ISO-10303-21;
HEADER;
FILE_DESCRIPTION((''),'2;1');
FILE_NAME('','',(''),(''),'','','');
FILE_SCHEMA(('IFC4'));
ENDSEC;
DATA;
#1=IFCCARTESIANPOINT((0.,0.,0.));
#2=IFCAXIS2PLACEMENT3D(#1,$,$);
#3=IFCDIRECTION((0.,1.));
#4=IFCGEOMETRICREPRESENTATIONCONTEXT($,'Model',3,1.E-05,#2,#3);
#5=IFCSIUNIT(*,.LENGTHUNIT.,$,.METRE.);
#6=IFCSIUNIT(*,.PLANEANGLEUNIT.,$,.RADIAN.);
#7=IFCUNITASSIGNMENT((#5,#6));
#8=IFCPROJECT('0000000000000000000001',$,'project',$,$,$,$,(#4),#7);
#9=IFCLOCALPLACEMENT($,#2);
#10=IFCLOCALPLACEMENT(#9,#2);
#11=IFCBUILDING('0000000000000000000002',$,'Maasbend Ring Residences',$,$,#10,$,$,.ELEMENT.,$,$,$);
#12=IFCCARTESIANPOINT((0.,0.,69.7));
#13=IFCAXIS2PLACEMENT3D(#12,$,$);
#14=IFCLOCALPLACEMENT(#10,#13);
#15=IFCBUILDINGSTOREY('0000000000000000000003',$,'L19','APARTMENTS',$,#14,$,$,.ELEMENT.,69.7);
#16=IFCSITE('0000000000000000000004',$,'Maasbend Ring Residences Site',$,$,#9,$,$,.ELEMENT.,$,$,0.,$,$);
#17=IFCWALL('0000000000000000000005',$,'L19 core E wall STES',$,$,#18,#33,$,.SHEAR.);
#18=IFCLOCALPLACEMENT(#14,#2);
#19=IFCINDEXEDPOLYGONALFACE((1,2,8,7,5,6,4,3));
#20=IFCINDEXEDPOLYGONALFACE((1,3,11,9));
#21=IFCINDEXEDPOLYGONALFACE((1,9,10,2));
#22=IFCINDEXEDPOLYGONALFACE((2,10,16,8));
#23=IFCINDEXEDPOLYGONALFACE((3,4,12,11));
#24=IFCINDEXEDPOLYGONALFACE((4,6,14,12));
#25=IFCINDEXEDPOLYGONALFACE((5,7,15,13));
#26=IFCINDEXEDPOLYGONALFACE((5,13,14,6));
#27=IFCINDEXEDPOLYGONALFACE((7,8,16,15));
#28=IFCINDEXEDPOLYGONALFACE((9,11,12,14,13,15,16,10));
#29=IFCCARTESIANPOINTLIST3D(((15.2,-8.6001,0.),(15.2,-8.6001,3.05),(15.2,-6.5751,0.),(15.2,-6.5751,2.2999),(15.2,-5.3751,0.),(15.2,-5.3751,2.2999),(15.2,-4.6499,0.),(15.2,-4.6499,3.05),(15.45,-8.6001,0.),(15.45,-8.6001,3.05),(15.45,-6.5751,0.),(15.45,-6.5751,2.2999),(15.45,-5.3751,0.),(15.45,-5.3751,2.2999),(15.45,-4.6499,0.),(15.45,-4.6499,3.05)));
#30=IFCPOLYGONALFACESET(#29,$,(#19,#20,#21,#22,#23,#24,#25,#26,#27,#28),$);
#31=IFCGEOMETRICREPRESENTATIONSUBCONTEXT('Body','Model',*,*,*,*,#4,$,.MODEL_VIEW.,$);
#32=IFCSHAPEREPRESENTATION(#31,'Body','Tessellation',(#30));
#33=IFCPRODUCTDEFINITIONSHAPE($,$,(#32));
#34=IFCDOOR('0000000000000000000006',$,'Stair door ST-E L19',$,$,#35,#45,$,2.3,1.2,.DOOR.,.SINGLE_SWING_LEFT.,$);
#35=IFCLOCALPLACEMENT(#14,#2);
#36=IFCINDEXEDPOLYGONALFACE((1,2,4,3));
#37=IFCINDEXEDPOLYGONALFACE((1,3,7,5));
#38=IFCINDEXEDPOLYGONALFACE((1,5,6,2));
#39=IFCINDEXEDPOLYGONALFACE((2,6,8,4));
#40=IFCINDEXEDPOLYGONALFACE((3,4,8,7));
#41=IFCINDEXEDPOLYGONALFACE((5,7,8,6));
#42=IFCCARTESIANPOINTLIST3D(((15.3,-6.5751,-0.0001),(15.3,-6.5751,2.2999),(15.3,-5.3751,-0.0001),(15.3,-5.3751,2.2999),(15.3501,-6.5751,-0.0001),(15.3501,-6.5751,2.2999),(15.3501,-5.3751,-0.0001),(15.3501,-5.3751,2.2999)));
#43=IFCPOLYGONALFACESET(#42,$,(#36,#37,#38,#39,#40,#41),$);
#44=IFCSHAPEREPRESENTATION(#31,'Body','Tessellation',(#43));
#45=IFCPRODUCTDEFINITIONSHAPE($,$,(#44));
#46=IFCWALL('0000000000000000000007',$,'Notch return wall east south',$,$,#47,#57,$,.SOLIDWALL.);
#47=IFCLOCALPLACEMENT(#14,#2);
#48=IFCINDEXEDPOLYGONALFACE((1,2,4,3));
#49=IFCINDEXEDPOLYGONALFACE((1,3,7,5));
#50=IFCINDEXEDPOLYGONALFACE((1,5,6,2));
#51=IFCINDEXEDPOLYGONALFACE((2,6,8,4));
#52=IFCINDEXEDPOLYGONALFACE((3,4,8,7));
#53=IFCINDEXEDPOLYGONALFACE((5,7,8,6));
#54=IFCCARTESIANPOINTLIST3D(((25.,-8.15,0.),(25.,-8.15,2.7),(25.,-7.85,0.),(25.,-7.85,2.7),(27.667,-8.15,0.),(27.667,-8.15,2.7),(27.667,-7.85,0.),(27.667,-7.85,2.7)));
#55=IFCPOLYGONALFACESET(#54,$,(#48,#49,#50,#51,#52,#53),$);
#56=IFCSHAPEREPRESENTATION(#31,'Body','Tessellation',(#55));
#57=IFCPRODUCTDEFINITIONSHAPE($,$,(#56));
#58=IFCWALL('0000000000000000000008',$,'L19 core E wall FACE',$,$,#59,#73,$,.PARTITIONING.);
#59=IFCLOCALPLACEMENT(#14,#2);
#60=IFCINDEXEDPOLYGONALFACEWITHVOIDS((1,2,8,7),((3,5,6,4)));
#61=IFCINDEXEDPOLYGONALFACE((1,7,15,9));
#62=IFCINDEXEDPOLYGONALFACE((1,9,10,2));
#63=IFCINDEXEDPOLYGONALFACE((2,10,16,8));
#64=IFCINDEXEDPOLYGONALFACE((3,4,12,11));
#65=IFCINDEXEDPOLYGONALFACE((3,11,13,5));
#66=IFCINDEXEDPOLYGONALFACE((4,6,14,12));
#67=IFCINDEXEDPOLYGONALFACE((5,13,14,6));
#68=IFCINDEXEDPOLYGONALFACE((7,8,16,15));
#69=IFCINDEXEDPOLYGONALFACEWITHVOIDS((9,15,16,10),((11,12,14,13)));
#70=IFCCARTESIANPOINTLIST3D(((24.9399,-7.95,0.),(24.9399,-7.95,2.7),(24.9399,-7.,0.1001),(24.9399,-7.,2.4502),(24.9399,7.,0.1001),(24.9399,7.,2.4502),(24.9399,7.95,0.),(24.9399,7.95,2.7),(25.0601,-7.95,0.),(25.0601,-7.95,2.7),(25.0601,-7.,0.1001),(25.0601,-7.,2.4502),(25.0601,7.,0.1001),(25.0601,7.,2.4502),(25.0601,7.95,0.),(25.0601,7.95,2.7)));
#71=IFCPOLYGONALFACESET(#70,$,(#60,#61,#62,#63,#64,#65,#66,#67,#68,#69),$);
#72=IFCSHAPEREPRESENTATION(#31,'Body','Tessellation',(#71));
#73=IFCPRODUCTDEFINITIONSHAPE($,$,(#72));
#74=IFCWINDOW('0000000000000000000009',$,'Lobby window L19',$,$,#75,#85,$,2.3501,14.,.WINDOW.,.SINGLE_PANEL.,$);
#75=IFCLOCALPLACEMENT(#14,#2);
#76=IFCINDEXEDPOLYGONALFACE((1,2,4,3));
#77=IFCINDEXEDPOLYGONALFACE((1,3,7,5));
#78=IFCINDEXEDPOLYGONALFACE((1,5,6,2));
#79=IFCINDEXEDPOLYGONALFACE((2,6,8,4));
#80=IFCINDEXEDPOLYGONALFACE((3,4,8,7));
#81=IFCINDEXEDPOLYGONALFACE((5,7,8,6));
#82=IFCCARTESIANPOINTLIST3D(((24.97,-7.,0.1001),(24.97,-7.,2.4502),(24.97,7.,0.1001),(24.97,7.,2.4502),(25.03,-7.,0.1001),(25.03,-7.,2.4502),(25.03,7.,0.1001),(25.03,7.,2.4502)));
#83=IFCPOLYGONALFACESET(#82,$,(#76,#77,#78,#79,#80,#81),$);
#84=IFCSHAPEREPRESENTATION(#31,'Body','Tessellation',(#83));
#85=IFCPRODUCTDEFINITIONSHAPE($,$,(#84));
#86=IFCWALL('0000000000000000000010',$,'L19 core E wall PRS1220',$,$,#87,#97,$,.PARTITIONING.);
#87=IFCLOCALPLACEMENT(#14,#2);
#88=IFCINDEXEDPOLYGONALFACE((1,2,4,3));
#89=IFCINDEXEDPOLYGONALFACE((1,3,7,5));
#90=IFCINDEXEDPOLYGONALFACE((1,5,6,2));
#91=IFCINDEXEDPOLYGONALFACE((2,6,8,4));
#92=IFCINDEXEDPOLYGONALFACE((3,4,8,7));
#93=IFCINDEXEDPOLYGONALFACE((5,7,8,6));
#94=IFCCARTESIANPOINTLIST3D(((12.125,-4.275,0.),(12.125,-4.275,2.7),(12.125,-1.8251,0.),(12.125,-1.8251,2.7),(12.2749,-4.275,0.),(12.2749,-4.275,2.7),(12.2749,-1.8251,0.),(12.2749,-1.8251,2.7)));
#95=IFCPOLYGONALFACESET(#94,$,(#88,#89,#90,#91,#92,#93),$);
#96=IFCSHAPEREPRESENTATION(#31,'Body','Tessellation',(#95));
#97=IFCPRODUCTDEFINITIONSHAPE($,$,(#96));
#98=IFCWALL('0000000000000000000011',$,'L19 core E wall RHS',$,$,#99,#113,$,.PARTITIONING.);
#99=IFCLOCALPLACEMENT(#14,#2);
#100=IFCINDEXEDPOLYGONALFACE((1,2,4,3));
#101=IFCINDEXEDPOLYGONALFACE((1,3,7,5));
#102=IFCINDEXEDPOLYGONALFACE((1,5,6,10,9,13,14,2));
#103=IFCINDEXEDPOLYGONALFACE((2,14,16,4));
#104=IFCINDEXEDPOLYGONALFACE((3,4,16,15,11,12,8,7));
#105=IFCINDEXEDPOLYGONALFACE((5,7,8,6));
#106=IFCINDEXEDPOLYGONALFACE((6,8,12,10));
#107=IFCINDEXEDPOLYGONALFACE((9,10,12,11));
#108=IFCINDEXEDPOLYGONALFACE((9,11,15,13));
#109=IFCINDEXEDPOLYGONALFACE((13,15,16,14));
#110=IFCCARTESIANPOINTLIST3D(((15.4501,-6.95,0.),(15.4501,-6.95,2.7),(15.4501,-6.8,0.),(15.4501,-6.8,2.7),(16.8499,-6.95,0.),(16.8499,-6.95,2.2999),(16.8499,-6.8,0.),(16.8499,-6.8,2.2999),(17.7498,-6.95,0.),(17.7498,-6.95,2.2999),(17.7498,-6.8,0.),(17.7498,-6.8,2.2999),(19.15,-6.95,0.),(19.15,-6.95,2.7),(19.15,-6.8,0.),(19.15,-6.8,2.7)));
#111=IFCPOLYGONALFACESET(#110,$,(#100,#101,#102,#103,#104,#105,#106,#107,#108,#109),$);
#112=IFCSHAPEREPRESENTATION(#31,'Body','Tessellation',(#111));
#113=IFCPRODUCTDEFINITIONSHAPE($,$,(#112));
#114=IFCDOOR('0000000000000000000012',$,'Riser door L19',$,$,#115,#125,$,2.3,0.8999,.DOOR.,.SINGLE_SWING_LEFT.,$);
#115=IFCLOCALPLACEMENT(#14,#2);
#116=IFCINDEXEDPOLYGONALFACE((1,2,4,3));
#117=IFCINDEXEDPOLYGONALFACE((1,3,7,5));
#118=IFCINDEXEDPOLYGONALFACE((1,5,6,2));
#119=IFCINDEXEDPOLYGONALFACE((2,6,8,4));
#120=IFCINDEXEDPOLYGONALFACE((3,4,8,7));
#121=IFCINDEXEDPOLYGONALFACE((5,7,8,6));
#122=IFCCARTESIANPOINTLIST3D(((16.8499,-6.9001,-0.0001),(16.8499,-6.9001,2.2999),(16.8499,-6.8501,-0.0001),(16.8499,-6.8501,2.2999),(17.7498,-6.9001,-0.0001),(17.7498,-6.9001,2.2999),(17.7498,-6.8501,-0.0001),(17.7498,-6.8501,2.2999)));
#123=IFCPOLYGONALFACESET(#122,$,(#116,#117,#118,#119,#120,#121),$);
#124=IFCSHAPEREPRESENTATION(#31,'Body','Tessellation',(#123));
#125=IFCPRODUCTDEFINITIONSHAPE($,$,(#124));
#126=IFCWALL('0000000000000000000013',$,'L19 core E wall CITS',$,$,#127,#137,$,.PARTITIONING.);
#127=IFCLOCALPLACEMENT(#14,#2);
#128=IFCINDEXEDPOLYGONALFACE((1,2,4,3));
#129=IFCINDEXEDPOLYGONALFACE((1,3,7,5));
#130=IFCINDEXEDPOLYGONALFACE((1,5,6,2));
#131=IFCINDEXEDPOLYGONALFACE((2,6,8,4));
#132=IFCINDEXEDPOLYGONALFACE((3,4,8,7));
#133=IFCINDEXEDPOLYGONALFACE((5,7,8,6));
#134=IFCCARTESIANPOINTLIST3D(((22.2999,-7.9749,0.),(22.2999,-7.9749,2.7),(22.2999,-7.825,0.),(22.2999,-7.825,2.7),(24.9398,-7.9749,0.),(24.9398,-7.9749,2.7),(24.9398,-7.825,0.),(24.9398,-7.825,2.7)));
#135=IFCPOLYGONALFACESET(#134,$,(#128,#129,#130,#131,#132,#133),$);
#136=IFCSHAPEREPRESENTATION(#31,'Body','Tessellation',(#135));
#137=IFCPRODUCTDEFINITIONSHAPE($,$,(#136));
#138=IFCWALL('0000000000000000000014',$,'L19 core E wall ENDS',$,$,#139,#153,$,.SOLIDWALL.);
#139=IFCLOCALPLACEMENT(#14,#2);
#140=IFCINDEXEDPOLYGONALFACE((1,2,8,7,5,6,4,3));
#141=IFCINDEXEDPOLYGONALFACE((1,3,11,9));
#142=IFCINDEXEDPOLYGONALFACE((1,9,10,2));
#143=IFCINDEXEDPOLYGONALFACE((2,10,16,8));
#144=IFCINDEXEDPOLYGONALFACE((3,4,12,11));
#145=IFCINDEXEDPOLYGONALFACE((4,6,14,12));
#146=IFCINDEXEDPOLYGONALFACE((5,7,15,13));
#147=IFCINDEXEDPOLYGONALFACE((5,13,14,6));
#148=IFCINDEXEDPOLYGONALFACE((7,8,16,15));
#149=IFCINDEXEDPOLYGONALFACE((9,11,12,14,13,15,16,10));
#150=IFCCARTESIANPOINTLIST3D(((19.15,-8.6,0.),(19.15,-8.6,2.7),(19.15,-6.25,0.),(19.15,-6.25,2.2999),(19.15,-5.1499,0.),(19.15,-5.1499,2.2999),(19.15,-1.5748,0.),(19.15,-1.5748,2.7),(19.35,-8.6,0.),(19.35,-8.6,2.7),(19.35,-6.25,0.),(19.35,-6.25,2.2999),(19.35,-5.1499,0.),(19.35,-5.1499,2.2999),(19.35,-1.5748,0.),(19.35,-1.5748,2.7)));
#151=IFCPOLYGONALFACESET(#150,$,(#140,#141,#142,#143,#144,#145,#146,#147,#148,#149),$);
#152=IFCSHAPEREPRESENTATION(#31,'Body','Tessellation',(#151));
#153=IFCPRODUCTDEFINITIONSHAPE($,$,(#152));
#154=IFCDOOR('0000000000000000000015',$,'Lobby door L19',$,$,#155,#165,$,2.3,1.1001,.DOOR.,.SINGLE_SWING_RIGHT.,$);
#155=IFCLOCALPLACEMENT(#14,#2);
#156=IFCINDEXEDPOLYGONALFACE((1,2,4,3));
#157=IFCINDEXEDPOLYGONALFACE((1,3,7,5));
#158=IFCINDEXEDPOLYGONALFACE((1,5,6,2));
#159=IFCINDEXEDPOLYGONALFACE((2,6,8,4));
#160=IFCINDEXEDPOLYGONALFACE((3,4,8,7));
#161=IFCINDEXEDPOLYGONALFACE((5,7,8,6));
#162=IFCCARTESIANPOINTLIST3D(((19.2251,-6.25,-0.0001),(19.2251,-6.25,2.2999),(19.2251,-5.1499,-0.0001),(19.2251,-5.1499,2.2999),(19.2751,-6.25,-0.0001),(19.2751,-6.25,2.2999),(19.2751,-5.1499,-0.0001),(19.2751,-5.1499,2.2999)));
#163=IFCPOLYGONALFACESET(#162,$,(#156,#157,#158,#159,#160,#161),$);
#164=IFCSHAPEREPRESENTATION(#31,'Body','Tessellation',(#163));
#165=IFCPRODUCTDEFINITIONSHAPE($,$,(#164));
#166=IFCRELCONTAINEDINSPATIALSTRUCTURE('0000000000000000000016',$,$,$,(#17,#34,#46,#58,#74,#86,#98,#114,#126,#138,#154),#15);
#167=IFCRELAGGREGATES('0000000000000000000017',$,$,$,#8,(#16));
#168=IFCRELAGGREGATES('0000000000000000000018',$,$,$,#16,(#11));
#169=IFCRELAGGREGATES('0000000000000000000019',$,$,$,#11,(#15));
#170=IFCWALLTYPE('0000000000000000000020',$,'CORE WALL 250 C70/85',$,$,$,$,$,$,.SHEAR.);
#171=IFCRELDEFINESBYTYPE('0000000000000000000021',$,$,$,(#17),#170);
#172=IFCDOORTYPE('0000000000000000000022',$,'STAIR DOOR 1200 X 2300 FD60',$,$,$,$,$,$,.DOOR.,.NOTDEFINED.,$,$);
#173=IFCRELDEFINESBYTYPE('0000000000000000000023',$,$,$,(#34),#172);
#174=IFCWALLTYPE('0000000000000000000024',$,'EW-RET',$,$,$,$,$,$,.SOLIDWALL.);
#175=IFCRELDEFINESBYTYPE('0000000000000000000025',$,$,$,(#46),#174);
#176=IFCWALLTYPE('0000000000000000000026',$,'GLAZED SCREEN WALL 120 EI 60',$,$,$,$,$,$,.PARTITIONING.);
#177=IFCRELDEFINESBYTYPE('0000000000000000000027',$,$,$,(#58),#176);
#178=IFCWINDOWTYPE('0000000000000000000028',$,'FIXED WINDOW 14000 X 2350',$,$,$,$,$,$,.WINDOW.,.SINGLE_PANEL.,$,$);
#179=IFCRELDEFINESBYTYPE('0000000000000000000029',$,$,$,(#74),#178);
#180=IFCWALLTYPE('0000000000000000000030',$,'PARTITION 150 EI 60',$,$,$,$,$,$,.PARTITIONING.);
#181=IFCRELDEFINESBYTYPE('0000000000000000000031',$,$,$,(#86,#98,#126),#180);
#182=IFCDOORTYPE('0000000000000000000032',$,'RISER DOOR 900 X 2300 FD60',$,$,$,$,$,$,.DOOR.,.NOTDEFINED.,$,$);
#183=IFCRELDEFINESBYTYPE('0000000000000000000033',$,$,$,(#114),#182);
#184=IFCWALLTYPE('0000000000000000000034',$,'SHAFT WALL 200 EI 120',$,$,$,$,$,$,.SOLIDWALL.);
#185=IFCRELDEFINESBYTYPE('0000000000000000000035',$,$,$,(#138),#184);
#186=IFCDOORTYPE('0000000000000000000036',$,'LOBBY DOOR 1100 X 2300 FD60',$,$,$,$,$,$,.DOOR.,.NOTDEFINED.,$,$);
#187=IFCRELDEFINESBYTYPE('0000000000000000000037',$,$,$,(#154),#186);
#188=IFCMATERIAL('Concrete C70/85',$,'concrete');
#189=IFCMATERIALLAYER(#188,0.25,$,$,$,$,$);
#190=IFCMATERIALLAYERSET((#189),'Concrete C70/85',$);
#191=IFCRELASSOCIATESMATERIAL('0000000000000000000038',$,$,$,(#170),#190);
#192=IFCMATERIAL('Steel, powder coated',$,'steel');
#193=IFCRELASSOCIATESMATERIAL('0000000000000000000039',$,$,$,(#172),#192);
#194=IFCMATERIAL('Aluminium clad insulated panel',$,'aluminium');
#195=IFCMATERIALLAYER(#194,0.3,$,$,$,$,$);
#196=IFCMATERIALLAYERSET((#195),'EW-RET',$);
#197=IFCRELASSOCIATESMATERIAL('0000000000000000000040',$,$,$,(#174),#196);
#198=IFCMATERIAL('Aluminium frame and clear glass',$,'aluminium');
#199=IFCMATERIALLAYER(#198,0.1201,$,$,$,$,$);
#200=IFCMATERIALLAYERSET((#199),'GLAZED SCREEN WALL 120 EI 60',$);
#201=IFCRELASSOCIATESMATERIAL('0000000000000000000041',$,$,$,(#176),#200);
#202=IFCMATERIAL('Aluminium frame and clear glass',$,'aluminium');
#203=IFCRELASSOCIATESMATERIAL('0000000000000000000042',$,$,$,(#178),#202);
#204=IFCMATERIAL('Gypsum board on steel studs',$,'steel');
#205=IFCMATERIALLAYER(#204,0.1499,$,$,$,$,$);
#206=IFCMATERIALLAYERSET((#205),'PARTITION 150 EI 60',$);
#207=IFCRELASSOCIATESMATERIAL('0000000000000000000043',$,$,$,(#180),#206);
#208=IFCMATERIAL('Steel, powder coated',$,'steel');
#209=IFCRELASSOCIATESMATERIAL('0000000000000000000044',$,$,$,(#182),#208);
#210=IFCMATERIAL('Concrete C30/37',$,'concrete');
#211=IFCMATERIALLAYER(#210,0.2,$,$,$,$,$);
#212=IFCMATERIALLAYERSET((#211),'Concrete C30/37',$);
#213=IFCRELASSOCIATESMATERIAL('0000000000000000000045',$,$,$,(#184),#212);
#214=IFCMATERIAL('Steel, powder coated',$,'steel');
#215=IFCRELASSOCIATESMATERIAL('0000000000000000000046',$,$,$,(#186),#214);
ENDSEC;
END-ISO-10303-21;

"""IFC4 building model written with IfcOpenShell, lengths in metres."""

from ifc_helpers import new_model, si_unit, direction, frame, frame_2d, origin, place, context, subcontext, project, spatial, rectangle, extrude, material, layer, layer_set, type_object, element, fill, save


model = new_model("IFC4")

# Units and contexts
model_context = context("Model", 3, precision=1e-05, world=origin(), true_north=direction((0.0, 1.0)))
body_context = subcontext(model_context, "Body", "Model", "MODEL_VIEW")
ifc_project = project(units=[si_unit("LENGTHUNIT", "METRE"), si_unit("PLANEANGLEUNIT", "RADIAN")], contexts=[model_context])

# Site, building, storey
site_placement = place(None, origin())
site = spatial("IfcSite", under=ifc_project, at=site_placement, Name="Maasbend Ring Residences Site", CompositionType="ELEMENT", RefElevation=0.0)
building_placement = place(site_placement, origin())
building = spatial("IfcBuilding", under=site, at=building_placement, Name="Maasbend Ring Residences", CompositionType="ELEMENT")
storey_placement = place(building_placement, frame((0.0, 0.0, 69.7)))
storey = spatial("IfcBuildingStorey", under=building, at=storey_placement, Name="L19", Description="APARTMENTS", CompositionType="ELEMENT", Elevation=69.7)

# Shared definitions
ifc_material_1 = material(Name="Concrete C70/85", Category="concrete")
ifc_layer_1 = layer(ifc_material_1, 0.25)
ifc_layer_set_1 = layer_set([ifc_layer_1], Name="Concrete C70/85")
wall_type_1 = type_object("IfcWallType", Name="CORE WALL 250 C70/85", PredefinedType="SHEAR", material=ifc_layer_set_1)

# Wall, opening, door
wall_1_placement = place(storey_placement, frame((15.325, -8.6001, 0.0), z_axis=(0.0, 0.0, 1.0), x_axis=(0.0, 1.0, 0.0)))
wall_1 = element("IfcWall", 1, at=wall_1_placement, inside=storey, type_object=wall_type_1, Name="L19 core E wall STES", PredefinedType="SHEAR", context=body_context, shape_type="SweptSolid", body=[
    extrude(rectangle(XDim=3.9502, YDim=0.25, at=frame_2d((1.9751, 0.0))), origin(), (0.0, 0.0, 1.0), 3.05),
])
opening_1_placement = place(wall_1_placement, frame((2.0249, 0.0, 0.0)))
opening_1 = element("IfcOpeningElement", 2, at=opening_1_placement, cuts=wall_1, PredefinedType="OPENING", context=body_context, shape_type="SweptSolid", body=[
    extrude(rectangle(XDim=1.2, YDim=2.3, at=frame_2d((0.6001, 1.1499))), frame((0.0, 0.135, 0.0), z_axis=(0.0, -1.0, 0.0), x_axis=(1.0, 0.0, 0.0)), (0.0, 0.0, 1.0), 0.27),
])
ifc_material_2 = material(Name="Steel, powder coated", Category="steel")
door_type_1 = type_object("IfcDoorType", Name="STAIR DOOR 1200 X 2300 FD60", OperationType="NOTDEFINED", PredefinedType="DOOR", material=ifc_material_2)
door_1_placement = place(opening_1_placement, origin())
door_1 = element("IfcDoor", 3, at=door_1_placement, inside=storey, type_object=door_type_1, Name="Stair door ST-E L19", OperationType="SINGLE_SWING_LEFT", OverallHeight=2.3, OverallWidth=1.2, PredefinedType="DOOR", context=body_context, shape_type="SweptSolid", body=[
    extrude(rectangle(XDim=1.2, YDim=2.3, at=frame_2d((0.6001, 1.1499))), frame((0.0, 0.0249, 0.0), z_axis=(0.0, -1.0, 0.0), x_axis=(1.0, 0.0, 0.0)), (0.0, 0.0, 1.0), 0.05),
])
fill(opening_1, door_1)

# Wall
ifc_material_3 = material(Name="Aluminium clad insulated panel", Category="aluminium")
ifc_layer_2 = layer(ifc_material_3, 0.3)
ifc_layer_set_2 = layer_set([ifc_layer_2], Name="EW-RET")
wall_type_2 = type_object("IfcWallType", Name="EW-RET", PredefinedType="SOLIDWALL", material=ifc_layer_set_2)
wall_2_placement = place(storey_placement, frame((25.0, -8.0, 0.0), z_axis=(0.0, 0.0, 1.0), x_axis=(1.0, 0.0, 0.0)))
element("IfcWall", 4, at=wall_2_placement, inside=storey, type_object=wall_type_2, Name="Notch return wall east south", PredefinedType="SOLIDWALL", context=body_context, shape_type="SweptSolid", body=[
    extrude(rectangle(XDim=2.667, YDim=0.3, at=frame_2d((1.3335, 0.0))), origin(), (0.0, 0.0, 1.0), 2.7),
])

# Wall, opening, window
ifc_material_4 = material(Name="Aluminium frame and clear glass", Category="aluminium")
ifc_layer_3 = layer(ifc_material_4, 0.1201)
ifc_layer_set_3 = layer_set([ifc_layer_3], Name="GLAZED SCREEN WALL 120 EI 60")
wall_type_3 = type_object("IfcWallType", Name="GLAZED SCREEN WALL 120 EI 60", PredefinedType="PARTITIONING", material=ifc_layer_set_3)
wall_3_placement = place(storey_placement, frame((25.0, -7.95, 0.0), z_axis=(0.0, 0.0, 1.0), x_axis=(0.0, 1.0, 0.0)))
wall_3 = element("IfcWall", 5, at=wall_3_placement, inside=storey, type_object=wall_type_3, Name="L19 core E wall FACE", PredefinedType="PARTITIONING", context=body_context, shape_type="SweptSolid", body=[
    extrude(rectangle(XDim=15.8999, YDim=0.1201, at=frame_2d((7.95, 0.0))), origin(), (0.0, 0.0, 1.0), 2.7),
])
opening_2_placement = place(wall_3_placement, frame((0.95, 0.0, 0.1001)))
opening_2 = element("IfcOpeningElement", 6, at=opening_2_placement, cuts=wall_3, PredefinedType="OPENING", context=body_context, shape_type="SweptSolid", body=[
    extrude(rectangle(XDim=14.0, YDim=2.3501, at=frame_2d((7.0, 1.175))), frame((0.0, 0.0701, 0.0), z_axis=(0.0, -1.0, 0.0), x_axis=(1.0, 0.0, 0.0)), (0.0, 0.0, 1.0), 0.1401),
])
ifc_material_5 = material(Name="Aluminium frame and clear glass", Category="aluminium")
window_type = type_object("IfcWindowType", Name="FIXED WINDOW 14000 X 2350", PartitioningType="SINGLE_PANEL", PredefinedType="WINDOW", material=ifc_material_5)
window_placement = place(opening_2_placement, origin())
window = element("IfcWindow", 7, at=window_placement, inside=storey, type_object=window_type, Name="Lobby window L19", OverallHeight=2.3501, OverallWidth=14.0, PartitioningType="SINGLE_PANEL", PredefinedType="WINDOW", context=body_context, shape_type="SweptSolid", body=[
    extrude(rectangle(XDim=14.0, YDim=2.3501, at=frame_2d((7.0, 1.175))), frame((0.0, 0.03, 0.0), z_axis=(0.0, -1.0, 0.0), x_axis=(1.0, 0.0, 0.0)), (0.0, 0.0, 1.0), 0.0601),
])
fill(opening_2, window)

# Wall
ifc_material_6 = material(Name="Gypsum board on steel studs", Category="steel")
ifc_layer_4 = layer(ifc_material_6, 0.1499)
ifc_layer_set_4 = layer_set([ifc_layer_4], Name="PARTITION 150 EI 60")
wall_type_4 = type_object("IfcWallType", Name="PARTITION 150 EI 60", PredefinedType="PARTITIONING", material=ifc_layer_set_4)
wall_4_placement = place(storey_placement, frame((12.2, -1.825, 0.0), z_axis=(0.0, 0.0, 1.0), x_axis=(0.0, -1.0, 0.0)))
element("IfcWall", 8, at=wall_4_placement, inside=storey, type_object=wall_type_4, Name="L19 core E wall PRS1220", PredefinedType="PARTITIONING", context=body_context, shape_type="SweptSolid", body=[
    extrude(rectangle(XDim=2.45, YDim=0.1499, at=frame_2d((1.2251, 0.0))), origin(), (0.0, 0.0, 1.0), 2.7),
])

# Wall, opening, door
wall_5_placement = place(storey_placement, frame((15.45, -6.875, 0.0), z_axis=(0.0, 0.0, 1.0), x_axis=(1.0, 0.0, 0.0)))
wall_5 = element("IfcWall", 9, at=wall_5_placement, inside=storey, type_object=wall_type_4, Name="L19 core E wall RHS", PredefinedType="PARTITIONING", context=body_context, shape_type="SweptSolid", body=[
    extrude(rectangle(XDim=3.7, YDim=0.1499, at=frame_2d((1.8501, 0.0))), origin(), (0.0, 0.0, 1.0), 2.7),
])
opening_3_placement = place(wall_5_placement, frame((1.3999, 0.0, 0.0)))
opening_3 = element("IfcOpeningElement", 10, at=opening_3_placement, cuts=wall_5, PredefinedType="OPENING", context=body_context, shape_type="SweptSolid", body=[
    extrude(rectangle(XDim=0.8999, YDim=2.3, at=frame_2d((0.45, 1.1499))), frame((0.0, 0.085, 0.0), z_axis=(0.0, -1.0, 0.0), x_axis=(1.0, 0.0, 0.0)), (0.0, 0.0, 1.0), 0.1699),
])
ifc_material_7 = material(Name="Steel, powder coated", Category="steel")
door_type_2 = type_object("IfcDoorType", Name="RISER DOOR 900 X 2300 FD60", OperationType="NOTDEFINED", PredefinedType="DOOR", material=ifc_material_7)
door_2_placement = place(opening_3_placement, origin())
door_2 = element("IfcDoor", 11, at=door_2_placement, inside=storey, type_object=door_type_2, Name="Riser door L19", OperationType="SINGLE_SWING_LEFT", OverallHeight=2.3, OverallWidth=0.8999, PredefinedType="DOOR", context=body_context, shape_type="SweptSolid", body=[
    extrude(rectangle(XDim=0.8999, YDim=2.3, at=frame_2d((0.45, 1.1499))), frame((0.0, 0.0249, 0.0), z_axis=(0.0, -1.0, 0.0), x_axis=(1.0, 0.0, 0.0)), (0.0, 0.0, 1.0), 0.05),
])
fill(opening_3, door_2)

# Wall
wall_6_placement = place(storey_placement, frame((22.3, -7.8999, 0.0), z_axis=(0.0, 0.0, 1.0), x_axis=(1.0, 0.0, 0.0)))
element("IfcWall", 12, at=wall_6_placement, inside=storey, type_object=wall_type_4, Name="L19 core E wall CITS", PredefinedType="PARTITIONING", context=body_context, shape_type="SweptSolid", body=[
    extrude(rectangle(XDim=2.6399, YDim=0.1499, at=frame_2d((1.3198, 0.0))), origin(), (0.0, 0.0, 1.0), 2.7),
])

# Wall, opening, door
ifc_material_8 = material(Name="Concrete C30/37", Category="concrete")
ifc_layer_5 = layer(ifc_material_8, 0.2)
ifc_layer_set_5 = layer_set([ifc_layer_5], Name="Concrete C30/37")
wall_type_5 = type_object("IfcWallType", Name="SHAFT WALL 200 EI 120", PredefinedType="SOLIDWALL", material=ifc_layer_set_5)
wall_7_placement = place(storey_placement, frame((19.25, -8.6001, 0.0), z_axis=(0.0, 0.0, 1.0), x_axis=(0.0, 1.0, 0.0)))
wall_7 = element("IfcWall", 13, at=wall_7_placement, inside=storey, type_object=wall_type_5, Name="L19 core E wall ENDS", PredefinedType="SOLIDWALL", context=body_context, shape_type="SweptSolid", body=[
    extrude(rectangle(XDim=7.0251, YDim=0.2, at=frame_2d((3.5127, 0.0))), origin(), (0.0, 0.0, 1.0), 2.7),
])
opening_4_placement = place(wall_7_placement, frame((2.3501, 0.0, 0.0)))
opening_4 = element("IfcOpeningElement", 14, at=opening_4_placement, cuts=wall_7, PredefinedType="OPENING", context=body_context, shape_type="SweptSolid", body=[
    extrude(rectangle(XDim=1.1001, YDim=2.3, at=frame_2d((0.55, 1.1499))), frame((0.0, 0.1099, 0.0), z_axis=(0.0, -1.0, 0.0), x_axis=(1.0, 0.0, 0.0)), (0.0, 0.0, 1.0), 0.22),
])
ifc_material_9 = material(Name="Steel, powder coated", Category="steel")
door_type_3 = type_object("IfcDoorType", Name="LOBBY DOOR 1100 X 2300 FD60", OperationType="NOTDEFINED", PredefinedType="DOOR", material=ifc_material_9)
door_3_placement = place(opening_4_placement, origin())
door_3 = element("IfcDoor", 15, at=door_3_placement, inside=storey, type_object=door_type_3, Name="Lobby door L19", OperationType="SINGLE_SWING_RIGHT", OverallHeight=2.3, OverallWidth=1.1001, PredefinedType="DOOR", context=body_context, shape_type="SweptSolid", body=[
    extrude(rectangle(XDim=1.1001, YDim=2.3, at=frame_2d((0.55, 1.1499))), frame((0.0, 0.0249, 0.0), z_axis=(0.0, -1.0, 0.0), x_axis=(1.0, 0.0, 0.0)), (0.0, 0.0, 1.0), 0.05),
])
fill(opening_4, door_3)

save(model, "model.ifc")
